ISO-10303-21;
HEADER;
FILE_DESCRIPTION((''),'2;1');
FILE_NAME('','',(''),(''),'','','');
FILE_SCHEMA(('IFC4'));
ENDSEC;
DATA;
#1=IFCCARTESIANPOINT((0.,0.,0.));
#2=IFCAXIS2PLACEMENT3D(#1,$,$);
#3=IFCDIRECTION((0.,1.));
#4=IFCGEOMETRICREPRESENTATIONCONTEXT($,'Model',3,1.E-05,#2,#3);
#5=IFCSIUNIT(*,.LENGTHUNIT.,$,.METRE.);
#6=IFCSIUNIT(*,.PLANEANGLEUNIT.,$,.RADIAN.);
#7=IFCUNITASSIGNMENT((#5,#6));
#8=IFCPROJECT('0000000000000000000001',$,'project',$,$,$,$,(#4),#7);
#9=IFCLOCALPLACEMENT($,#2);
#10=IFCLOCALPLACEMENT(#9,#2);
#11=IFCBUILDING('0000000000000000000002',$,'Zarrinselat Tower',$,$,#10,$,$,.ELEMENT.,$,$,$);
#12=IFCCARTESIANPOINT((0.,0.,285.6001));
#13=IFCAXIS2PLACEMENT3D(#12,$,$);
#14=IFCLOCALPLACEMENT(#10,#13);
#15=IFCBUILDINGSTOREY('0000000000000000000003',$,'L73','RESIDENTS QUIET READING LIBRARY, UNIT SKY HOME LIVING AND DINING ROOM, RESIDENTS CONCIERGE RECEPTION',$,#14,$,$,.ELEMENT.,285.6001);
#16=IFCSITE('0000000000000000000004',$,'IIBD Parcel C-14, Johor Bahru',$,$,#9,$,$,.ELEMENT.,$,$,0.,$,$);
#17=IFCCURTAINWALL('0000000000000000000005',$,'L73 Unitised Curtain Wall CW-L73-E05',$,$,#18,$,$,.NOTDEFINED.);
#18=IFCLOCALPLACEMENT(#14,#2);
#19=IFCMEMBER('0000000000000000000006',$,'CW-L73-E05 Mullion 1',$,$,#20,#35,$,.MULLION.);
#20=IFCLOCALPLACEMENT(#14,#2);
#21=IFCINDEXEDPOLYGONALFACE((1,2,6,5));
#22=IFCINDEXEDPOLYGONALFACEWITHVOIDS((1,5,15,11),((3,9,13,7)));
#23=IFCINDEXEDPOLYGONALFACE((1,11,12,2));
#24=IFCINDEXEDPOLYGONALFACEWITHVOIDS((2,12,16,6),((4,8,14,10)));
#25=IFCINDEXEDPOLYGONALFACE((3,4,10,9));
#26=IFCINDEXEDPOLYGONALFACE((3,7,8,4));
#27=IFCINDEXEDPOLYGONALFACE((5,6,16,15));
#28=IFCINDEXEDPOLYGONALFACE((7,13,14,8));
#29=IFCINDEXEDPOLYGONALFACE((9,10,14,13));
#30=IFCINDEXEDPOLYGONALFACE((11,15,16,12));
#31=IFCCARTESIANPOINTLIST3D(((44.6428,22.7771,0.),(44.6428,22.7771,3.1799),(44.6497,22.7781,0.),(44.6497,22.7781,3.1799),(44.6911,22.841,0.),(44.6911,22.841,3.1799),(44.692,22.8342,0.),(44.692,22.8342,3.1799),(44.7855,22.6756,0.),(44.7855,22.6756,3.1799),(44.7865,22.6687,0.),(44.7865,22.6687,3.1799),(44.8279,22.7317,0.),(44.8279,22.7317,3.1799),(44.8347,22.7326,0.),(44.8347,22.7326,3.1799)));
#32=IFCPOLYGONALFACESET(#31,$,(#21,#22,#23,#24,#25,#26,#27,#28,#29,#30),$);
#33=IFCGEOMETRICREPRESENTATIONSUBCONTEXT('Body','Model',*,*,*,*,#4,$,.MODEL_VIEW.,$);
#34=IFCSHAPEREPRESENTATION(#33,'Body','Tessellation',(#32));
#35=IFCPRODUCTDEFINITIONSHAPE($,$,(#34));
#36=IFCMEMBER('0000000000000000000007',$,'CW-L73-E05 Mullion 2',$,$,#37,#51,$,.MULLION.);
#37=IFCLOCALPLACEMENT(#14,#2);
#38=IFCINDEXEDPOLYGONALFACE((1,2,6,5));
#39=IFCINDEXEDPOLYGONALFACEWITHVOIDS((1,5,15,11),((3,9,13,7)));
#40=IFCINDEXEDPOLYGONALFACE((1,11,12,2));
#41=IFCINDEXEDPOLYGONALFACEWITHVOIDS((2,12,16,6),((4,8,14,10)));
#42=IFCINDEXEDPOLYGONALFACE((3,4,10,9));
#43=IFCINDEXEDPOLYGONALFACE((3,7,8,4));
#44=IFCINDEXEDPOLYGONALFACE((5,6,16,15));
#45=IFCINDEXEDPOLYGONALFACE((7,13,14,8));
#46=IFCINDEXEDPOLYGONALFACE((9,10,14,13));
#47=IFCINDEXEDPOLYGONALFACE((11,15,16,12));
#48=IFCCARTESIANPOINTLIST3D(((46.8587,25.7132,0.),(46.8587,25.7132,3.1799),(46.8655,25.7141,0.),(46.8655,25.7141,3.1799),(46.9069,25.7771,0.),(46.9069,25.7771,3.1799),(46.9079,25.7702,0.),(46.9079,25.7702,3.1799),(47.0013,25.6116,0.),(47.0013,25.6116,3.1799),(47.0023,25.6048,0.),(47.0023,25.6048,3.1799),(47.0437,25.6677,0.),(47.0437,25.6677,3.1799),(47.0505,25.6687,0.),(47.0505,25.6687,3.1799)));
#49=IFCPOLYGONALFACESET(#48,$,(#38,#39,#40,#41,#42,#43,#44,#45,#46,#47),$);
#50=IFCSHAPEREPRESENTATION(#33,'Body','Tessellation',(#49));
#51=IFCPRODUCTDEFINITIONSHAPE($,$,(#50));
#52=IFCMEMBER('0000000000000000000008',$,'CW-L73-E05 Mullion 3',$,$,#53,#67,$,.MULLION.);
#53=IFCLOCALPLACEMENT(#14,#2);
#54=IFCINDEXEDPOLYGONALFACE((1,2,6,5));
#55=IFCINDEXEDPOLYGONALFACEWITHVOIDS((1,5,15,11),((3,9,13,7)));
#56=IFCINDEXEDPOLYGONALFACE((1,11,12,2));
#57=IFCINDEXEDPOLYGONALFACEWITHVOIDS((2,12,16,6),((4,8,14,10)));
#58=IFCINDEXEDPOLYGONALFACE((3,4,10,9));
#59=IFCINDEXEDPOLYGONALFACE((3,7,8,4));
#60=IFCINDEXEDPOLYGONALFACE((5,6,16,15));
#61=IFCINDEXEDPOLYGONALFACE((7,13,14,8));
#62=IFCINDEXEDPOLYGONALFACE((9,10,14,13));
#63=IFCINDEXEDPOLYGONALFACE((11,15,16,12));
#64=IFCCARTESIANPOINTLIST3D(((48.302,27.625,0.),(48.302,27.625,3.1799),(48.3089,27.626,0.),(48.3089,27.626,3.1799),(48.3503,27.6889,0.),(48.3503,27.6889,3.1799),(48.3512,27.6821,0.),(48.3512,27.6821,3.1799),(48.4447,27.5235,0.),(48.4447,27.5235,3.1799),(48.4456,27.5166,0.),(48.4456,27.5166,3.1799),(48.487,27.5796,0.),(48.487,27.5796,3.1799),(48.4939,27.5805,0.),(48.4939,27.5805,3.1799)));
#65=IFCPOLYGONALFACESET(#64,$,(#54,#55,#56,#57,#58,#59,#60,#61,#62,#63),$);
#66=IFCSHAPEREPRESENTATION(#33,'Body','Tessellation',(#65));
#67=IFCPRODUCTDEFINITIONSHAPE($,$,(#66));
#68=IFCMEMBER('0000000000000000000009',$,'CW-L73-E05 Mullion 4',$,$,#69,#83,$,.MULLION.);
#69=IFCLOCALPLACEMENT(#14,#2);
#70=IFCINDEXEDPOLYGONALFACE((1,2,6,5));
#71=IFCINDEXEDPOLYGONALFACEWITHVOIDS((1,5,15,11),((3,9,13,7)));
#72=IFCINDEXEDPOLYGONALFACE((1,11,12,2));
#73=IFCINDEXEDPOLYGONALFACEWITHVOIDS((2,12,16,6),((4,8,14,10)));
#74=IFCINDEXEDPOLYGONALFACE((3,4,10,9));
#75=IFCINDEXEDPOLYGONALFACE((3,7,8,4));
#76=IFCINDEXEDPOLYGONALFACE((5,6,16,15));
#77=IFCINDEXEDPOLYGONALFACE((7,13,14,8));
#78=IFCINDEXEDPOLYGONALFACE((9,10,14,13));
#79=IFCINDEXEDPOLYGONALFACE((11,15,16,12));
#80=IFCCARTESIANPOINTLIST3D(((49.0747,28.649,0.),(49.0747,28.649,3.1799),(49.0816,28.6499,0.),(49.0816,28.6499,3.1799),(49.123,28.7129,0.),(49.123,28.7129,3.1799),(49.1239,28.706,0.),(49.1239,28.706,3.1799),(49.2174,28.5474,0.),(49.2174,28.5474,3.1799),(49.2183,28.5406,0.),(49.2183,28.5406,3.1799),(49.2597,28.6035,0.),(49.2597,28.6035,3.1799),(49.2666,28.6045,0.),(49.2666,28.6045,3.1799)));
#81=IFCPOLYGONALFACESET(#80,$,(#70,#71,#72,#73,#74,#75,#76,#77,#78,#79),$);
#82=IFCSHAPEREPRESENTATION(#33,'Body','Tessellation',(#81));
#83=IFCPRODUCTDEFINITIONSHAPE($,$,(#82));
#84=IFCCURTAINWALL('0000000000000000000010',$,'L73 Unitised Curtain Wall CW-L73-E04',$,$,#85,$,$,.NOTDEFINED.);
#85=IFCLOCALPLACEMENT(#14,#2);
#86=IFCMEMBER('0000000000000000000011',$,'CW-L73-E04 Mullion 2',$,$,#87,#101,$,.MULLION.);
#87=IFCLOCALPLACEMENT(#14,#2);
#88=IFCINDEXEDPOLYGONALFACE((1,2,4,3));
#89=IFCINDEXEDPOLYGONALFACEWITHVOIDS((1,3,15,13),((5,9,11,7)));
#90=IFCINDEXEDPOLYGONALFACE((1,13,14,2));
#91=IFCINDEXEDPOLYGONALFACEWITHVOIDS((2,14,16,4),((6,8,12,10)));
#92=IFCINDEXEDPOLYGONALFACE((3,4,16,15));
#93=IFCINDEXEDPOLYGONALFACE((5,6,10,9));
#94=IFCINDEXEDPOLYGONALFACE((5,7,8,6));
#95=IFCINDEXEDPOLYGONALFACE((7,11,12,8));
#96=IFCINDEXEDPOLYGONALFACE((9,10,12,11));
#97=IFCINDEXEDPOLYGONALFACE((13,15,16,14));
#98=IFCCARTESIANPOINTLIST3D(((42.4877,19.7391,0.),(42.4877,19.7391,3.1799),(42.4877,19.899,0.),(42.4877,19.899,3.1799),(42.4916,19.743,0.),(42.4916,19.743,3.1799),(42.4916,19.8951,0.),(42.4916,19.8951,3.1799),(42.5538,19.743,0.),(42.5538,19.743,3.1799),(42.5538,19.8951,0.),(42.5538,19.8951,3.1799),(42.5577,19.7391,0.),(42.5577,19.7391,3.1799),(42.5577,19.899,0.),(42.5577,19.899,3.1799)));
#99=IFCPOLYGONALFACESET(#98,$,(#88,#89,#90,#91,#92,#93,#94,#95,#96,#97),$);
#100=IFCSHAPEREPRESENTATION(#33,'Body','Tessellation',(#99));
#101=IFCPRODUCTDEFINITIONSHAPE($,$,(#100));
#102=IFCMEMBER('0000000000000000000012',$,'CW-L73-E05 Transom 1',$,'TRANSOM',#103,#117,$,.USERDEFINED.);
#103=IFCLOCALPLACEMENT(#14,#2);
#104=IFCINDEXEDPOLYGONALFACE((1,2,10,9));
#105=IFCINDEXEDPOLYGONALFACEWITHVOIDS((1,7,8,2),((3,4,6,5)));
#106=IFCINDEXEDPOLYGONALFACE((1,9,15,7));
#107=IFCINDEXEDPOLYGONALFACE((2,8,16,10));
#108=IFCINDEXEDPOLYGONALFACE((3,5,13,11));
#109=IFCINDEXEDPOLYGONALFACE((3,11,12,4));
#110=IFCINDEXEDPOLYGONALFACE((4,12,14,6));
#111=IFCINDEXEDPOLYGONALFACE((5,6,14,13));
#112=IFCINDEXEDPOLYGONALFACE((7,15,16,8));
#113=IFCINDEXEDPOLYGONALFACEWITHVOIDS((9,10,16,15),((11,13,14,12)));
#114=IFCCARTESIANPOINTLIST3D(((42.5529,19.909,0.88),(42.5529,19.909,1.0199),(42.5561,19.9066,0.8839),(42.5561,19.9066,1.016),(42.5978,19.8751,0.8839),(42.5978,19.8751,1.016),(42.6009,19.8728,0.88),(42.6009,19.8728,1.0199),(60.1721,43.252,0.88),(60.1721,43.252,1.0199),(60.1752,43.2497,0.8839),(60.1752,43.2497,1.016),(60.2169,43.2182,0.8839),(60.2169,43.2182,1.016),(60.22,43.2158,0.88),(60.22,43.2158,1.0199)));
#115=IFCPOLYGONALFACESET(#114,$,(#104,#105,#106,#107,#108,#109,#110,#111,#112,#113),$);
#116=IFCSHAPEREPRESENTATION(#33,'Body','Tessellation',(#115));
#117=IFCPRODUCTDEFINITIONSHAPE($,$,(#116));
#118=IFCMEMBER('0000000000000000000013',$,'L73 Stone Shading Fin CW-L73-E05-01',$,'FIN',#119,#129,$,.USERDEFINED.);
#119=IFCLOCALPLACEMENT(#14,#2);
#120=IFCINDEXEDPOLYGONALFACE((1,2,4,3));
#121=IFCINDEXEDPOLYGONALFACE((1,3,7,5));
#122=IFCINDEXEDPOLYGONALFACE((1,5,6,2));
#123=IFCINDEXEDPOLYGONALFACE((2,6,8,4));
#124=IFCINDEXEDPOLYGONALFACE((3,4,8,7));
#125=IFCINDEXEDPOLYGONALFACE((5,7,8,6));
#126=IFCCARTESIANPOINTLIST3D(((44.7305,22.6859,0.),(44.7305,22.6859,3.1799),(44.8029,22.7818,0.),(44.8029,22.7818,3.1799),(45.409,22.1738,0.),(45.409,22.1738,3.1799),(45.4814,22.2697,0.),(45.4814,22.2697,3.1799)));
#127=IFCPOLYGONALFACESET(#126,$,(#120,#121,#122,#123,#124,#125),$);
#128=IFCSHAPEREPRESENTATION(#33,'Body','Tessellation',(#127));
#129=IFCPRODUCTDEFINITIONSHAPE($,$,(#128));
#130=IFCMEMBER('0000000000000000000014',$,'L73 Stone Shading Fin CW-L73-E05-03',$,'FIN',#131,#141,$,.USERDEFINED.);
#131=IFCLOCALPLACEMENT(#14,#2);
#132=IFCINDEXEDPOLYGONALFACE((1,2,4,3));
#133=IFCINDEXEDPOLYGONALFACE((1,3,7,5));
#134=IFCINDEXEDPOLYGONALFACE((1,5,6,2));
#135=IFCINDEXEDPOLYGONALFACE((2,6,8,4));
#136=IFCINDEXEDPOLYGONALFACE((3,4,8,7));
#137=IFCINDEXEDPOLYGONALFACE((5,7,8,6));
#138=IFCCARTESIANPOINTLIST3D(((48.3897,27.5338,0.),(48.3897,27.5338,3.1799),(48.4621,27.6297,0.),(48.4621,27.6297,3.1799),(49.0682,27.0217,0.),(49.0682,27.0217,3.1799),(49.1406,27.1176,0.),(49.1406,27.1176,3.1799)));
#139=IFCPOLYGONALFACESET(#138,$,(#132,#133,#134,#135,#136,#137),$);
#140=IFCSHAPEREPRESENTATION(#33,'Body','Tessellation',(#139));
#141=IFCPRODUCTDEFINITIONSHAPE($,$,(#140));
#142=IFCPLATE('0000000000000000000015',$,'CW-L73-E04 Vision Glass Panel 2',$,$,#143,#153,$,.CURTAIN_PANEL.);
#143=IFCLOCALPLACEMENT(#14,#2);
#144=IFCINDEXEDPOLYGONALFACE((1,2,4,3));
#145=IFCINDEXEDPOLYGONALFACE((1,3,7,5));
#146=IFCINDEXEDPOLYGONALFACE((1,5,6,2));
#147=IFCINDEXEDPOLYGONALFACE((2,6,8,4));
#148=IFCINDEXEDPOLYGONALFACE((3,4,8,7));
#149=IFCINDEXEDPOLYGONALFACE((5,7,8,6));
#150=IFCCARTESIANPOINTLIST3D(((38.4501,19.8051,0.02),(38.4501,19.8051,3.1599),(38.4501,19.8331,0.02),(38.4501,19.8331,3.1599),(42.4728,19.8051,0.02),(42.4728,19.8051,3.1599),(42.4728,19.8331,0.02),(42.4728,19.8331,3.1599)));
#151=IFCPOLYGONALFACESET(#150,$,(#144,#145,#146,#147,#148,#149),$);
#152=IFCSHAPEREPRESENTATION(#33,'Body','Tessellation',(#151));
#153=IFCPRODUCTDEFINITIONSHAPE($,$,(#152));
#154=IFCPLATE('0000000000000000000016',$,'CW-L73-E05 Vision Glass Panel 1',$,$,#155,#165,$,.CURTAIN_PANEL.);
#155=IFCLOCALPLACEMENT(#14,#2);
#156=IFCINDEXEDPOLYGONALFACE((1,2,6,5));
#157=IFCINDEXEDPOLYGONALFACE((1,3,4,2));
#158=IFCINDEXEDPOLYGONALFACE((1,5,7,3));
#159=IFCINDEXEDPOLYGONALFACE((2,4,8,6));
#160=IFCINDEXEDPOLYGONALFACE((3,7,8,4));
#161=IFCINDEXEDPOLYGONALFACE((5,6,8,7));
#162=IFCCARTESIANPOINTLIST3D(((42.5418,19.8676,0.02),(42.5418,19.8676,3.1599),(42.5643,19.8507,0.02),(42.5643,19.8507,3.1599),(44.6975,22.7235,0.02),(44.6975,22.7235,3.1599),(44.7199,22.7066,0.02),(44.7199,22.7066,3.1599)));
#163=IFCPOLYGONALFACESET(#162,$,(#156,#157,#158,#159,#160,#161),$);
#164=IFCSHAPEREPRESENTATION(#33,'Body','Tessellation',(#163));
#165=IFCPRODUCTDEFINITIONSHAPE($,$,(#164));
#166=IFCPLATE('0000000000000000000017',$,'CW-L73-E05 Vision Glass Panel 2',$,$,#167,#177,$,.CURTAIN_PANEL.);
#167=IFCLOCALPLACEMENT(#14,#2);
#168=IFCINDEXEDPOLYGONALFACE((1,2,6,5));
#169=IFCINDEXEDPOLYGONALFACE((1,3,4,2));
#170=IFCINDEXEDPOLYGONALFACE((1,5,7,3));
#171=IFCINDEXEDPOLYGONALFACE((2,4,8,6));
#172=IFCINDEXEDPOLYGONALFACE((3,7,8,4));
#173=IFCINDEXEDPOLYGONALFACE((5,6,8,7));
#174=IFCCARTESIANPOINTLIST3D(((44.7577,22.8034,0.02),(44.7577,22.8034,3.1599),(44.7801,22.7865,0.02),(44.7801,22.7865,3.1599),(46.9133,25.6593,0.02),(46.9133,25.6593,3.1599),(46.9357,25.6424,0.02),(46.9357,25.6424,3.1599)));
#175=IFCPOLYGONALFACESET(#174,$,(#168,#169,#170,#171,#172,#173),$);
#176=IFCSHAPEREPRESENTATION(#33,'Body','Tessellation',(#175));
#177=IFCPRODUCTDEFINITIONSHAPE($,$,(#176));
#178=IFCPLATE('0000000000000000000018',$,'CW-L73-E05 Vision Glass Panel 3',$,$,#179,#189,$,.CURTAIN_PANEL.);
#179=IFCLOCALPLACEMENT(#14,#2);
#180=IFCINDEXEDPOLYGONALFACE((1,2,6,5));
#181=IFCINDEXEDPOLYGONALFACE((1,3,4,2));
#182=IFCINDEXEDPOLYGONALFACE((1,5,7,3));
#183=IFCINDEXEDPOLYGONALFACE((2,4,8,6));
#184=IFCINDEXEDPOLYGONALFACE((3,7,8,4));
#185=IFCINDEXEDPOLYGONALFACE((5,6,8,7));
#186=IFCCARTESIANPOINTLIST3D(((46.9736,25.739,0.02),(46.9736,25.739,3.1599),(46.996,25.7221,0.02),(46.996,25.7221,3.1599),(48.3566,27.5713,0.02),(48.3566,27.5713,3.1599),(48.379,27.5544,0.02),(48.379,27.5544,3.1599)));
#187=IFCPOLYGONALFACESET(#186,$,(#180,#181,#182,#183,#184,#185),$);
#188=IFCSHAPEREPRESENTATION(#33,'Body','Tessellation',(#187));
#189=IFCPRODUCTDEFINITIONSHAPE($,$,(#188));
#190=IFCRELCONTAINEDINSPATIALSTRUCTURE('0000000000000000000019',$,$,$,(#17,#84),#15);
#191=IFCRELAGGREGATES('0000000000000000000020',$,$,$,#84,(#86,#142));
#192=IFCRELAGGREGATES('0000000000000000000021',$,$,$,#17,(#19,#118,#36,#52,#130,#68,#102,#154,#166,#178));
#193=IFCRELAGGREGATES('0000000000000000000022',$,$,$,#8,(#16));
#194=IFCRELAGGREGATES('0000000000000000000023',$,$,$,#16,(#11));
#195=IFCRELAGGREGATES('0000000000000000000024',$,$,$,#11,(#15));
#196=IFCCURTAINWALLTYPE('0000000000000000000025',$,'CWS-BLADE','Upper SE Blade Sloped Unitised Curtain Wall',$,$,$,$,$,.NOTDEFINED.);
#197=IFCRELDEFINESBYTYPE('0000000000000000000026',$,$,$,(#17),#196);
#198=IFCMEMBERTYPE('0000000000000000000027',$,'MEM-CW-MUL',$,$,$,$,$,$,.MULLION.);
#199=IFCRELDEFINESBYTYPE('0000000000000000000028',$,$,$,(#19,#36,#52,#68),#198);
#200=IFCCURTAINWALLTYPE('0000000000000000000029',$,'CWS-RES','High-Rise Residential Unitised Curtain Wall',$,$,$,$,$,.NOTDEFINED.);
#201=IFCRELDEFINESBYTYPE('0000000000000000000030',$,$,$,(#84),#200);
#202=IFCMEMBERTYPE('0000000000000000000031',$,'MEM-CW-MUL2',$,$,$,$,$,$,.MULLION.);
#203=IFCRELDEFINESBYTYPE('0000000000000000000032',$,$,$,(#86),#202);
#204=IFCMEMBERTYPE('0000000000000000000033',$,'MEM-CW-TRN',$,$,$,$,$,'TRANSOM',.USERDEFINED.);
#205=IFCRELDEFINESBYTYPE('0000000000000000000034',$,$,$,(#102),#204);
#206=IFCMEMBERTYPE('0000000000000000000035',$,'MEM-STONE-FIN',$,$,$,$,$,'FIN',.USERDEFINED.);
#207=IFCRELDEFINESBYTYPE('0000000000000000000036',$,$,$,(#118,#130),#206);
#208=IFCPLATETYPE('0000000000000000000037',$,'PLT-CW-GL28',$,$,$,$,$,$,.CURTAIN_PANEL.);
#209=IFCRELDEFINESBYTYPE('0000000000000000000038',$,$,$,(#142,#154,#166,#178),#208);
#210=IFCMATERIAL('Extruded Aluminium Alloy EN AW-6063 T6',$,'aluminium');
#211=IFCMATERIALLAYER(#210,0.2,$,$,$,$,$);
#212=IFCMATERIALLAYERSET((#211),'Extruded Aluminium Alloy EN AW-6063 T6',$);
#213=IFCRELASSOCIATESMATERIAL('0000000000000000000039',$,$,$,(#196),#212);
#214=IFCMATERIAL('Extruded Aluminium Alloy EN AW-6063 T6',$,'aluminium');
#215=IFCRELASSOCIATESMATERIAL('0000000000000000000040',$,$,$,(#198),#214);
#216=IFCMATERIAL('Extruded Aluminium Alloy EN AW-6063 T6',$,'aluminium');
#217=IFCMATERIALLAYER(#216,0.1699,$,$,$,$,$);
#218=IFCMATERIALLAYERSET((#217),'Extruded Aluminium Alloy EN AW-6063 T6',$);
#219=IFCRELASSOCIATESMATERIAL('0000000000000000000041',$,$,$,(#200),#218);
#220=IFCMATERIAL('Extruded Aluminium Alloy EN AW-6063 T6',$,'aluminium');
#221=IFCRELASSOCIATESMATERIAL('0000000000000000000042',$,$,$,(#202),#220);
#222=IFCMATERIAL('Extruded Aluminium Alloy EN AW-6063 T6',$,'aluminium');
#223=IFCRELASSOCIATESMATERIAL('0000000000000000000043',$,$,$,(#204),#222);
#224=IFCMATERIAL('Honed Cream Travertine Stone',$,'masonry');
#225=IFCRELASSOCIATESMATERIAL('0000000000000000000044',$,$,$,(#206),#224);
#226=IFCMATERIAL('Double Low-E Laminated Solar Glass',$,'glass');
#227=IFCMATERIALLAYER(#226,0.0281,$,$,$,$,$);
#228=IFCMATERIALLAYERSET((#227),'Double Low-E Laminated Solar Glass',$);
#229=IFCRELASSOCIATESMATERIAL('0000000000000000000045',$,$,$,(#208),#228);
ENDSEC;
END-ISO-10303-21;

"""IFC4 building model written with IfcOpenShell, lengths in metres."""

from ifc_helpers import new_model, si_unit, direction, frame, origin, origin_2d, place, context, subcontext, project, spatial, rectangle, hollow_rectangle, extrude, material, layer, layer_set, material_profile, profile_set, type_object, element, aggregate, save


model = new_model("IFC4")

# Units and contexts
model_context = context("Model", 3, precision=1e-05, world=origin(), true_north=direction((0.0, 1.0)))
body_context = subcontext(model_context, "Body", "Model", "MODEL_VIEW")
ifc_project = project(units=[si_unit("LENGTHUNIT", "METRE"), si_unit("PLANEANGLEUNIT", "RADIAN")], contexts=[model_context])

# Site, building, storey
site_placement = place(None, origin())
site = spatial("IfcSite", under=ifc_project, at=site_placement, Name="IIBD Parcel C-14, Johor Bahru", CompositionType="ELEMENT", RefElevation=0.0)
building_placement = place(site_placement, origin())
building = spatial("IfcBuilding", under=site, at=building_placement, Name="Zarrinselat Tower", CompositionType="ELEMENT")
storey_placement = place(building_placement, frame((0.0, 0.0, 285.6001)))
storey = spatial("IfcBuildingStorey", under=building, at=storey_placement, Name="L73", Description="RESIDENTS QUIET READING LIBRARY, UNIT SKY HOME LIVING AND DINING ROOM, RESIDENTS CONCIERGE RECEPTION", CompositionType="ELEMENT", Elevation=285.6001)

# Curtain wall, members
ifc_material_1 = material(Name="Extruded Aluminium Alloy EN AW-6063 T6", Category="aluminium")
ifc_layer_1 = layer(ifc_material_1, 0.2)
ifc_layer_set_1 = layer_set([ifc_layer_1], Name="Extruded Aluminium Alloy EN AW-6063 T6")
curtain_wall_type_1 = type_object("IfcCurtainWallType", Name="CWS-BLADE", Description="Upper SE Blade Sloped Unitised Curtain Wall", PredefinedType="NOTDEFINED", material=ifc_layer_set_1)
curtain_wall_1_placement = place(storey_placement, origin())
curtain_wall_1 = element("IfcCurtainWall", 1, at=curtain_wall_1_placement, inside=storey, type_object=curtain_wall_type_1, Name="L73 Unitised Curtain Wall CW-L73-E05", PredefinedType="NOTDEFINED")
ifc_material_2 = material(Name="Extruded Aluminium Alloy EN AW-6063 T6", Category="aluminium")
ifc_material_profile_1 = material_profile(ifc_material_2, hollow_rectangle(XDim=0.0801, YDim=0.1799, WallThickness=0.0049, at=origin_2d()), Name="RHS 180x80x5")
ifc_profile_set_1 = profile_set([ifc_material_profile_1], Name="Extruded Aluminium Alloy EN AW-6063 T6")
member_type_1 = type_object("IfcMemberType", Name="MEM-CW-MUL", PredefinedType="MULLION", material=ifc_profile_set_1)
member_1_placement = place(storey_placement, frame((44.7388, 22.7549, 0.0), z_axis=(0.0, 0.0, 1.0), x_axis=(0.602445, 0.79816, 0.0)))
member_1 = element("IfcMember", 2, at=member_1_placement, type_object=member_type_1, Name="CW-L73-E05 Mullion 1", PredefinedType="MULLION", context=body_context, shape_type="SweptSolid", body=[
    extrude(hollow_rectangle(XDim=0.0801, YDim=0.1799, WallThickness=0.0049, at=origin_2d()), origin(), (0.0, 0.0, 1.0), 3.1799),
])
member_2_placement = place(storey_placement, frame((46.9546, 25.6909, 0.0), z_axis=(0.0, 0.0, 1.0), x_axis=(0.602445, 0.79816, 0.0)))
member_2 = element("IfcMember", 3, at=member_2_placement, type_object=member_type_1, Name="CW-L73-E05 Mullion 2", PredefinedType="MULLION", context=body_context, shape_type="SweptSolid", body=[
    extrude(hollow_rectangle(XDim=0.0801, YDim=0.1799, WallThickness=0.0049, at=origin_2d()), origin(), (0.0, 0.0, 1.0), 3.1799),
])
member_3_placement = place(storey_placement, frame((48.3979, 27.6028, 0.0), z_axis=(0.0, 0.0, 1.0), x_axis=(0.602445, 0.79816, 0.0)))
member_3 = element("IfcMember", 4, at=member_3_placement, type_object=member_type_1, Name="CW-L73-E05 Mullion 3", PredefinedType="MULLION", context=body_context, shape_type="SweptSolid", body=[
    extrude(hollow_rectangle(XDim=0.0801, YDim=0.1799, WallThickness=0.0049, at=origin_2d()), origin(), (0.0, 0.0, 1.0), 3.1799),
])
member_4_placement = place(storey_placement, frame((49.1707, 28.6267, 0.0), z_axis=(0.0, 0.0, 1.0), x_axis=(0.602445, 0.79816, 0.0)))
member_4 = element("IfcMember", 5, at=member_4_placement, type_object=member_type_1, Name="CW-L73-E05 Mullion 4", PredefinedType="MULLION", context=body_context, shape_type="SweptSolid", body=[
    extrude(hollow_rectangle(XDim=0.0801, YDim=0.1799, WallThickness=0.0049, at=origin_2d()), origin(), (0.0, 0.0, 1.0), 3.1799),
])

# Curtain wall, member
ifc_material_3 = material(Name="Extruded Aluminium Alloy EN AW-6063 T6", Category="aluminium")
ifc_layer_2 = layer(ifc_material_3, 0.1699)
ifc_layer_set_2 = layer_set([ifc_layer_2], Name="Extruded Aluminium Alloy EN AW-6063 T6")
curtain_wall_type_2 = type_object("IfcCurtainWallType", Name="CWS-RES", Description="High-Rise Residential Unitised Curtain Wall", PredefinedType="NOTDEFINED", material=ifc_layer_set_2)
curtain_wall_2_placement = place(storey_placement, origin())
curtain_wall_2 = element("IfcCurtainWall", 6, at=curtain_wall_2_placement, inside=storey, type_object=curtain_wall_type_2, Name="L73 Unitised Curtain Wall CW-L73-E04", PredefinedType="NOTDEFINED")
ifc_material_4 = material(Name="Extruded Aluminium Alloy EN AW-6063 T6", Category="aluminium")
ifc_material_profile_2 = material_profile(ifc_material_4, hollow_rectangle(XDim=0.0701, YDim=0.1599, WallThickness=0.0039, at=origin_2d()), Name="RHS 160x70x4")
ifc_profile_set_2 = profile_set([ifc_material_profile_2], Name="Extruded Aluminium Alloy EN AW-6063 T6")
member_type_2 = type_object("IfcMemberType", Name="MEM-CW-MUL2", PredefinedType="MULLION", material=ifc_profile_set_2)
member_5_placement = place(storey_placement, frame((42.5227, 19.8191, 0.0), z_axis=(0.0, 0.0, 1.0), x_axis=(1.0, 0.0, 0.0)))
member_5 = element("IfcMember", 7, at=member_5_placement, type_object=member_type_2, Name="CW-L73-E04 Mullion 2", PredefinedType="MULLION", context=body_context, shape_type="SweptSolid", body=[
    extrude(hollow_rectangle(XDim=0.0701, YDim=0.1599, WallThickness=0.0039, at=origin_2d()), origin(), (0.0, 0.0, 1.0), 3.1799),
])

# Members
ifc_material_5 = material(Name="Extruded Aluminium Alloy EN AW-6063 T6", Category="aluminium")
ifc_material_profile_3 = material_profile(ifc_material_5, hollow_rectangle(XDim=0.0601, YDim=0.1399, WallThickness=0.0039, at=origin_2d()), Name="RHS 140x60x4")
ifc_profile_set_3 = profile_set([ifc_material_profile_3], Name="Extruded Aluminium Alloy EN AW-6063 T6")
member_type_3 = type_object("IfcMemberType", Name="MEM-CW-TRN", ElementType="TRANSOM", PredefinedType="USERDEFINED", material=ifc_profile_set_3)
member_6_placement = place(storey_placement, frame((42.5769, 19.8909, 0.95), z_axis=(0.602445, 0.79816, 0.0), x_axis=(-0.79816, 0.602445, 0.0)))
member_6 = element("IfcMember", 8, at=member_6_placement, type_object=member_type_3, Name="CW-L73-E05 Transom 1", ObjectType="TRANSOM", PredefinedType="USERDEFINED", context=body_context, shape_type="SweptSolid", body=[
    extrude(hollow_rectangle(XDim=0.0601, YDim=0.1399, WallThickness=0.0039, at=origin_2d()), origin(), (0.0, 0.0, 1.0), 29.2461),
])
ifc_material_6 = material(Name="Honed Cream Travertine Stone", Category="masonry")
ifc_material_profile_4 = material_profile(ifc_material_6, rectangle(XDim=0.1201, YDim=0.8501, at=origin_2d()), Name="FIN 850x120")
ifc_profile_set_4 = profile_set([ifc_material_profile_4], Name="Honed Cream Travertine Stone")
member_type_4 = type_object("IfcMemberType", Name="MEM-STONE-FIN", ElementType="FIN", PredefinedType="USERDEFINED", material=ifc_profile_set_4)
member_7_placement = place(storey_placement, frame((45.106, 22.4778, 0.0), z_axis=(0.0, 0.0, 1.0), x_axis=(-0.602445, -0.79816, 0.0)))
member_7 = element("IfcMember", 9, at=member_7_placement, type_object=member_type_4, Name="L73 Stone Shading Fin CW-L73-E05-01", ObjectType="FIN", PredefinedType="USERDEFINED", context=body_context, shape_type="SweptSolid", body=[
    extrude(rectangle(XDim=0.1201, YDim=0.8501, at=origin_2d()), origin(), (0.0, 0.0, 1.0), 3.1799),
])
member_8_placement = place(storey_placement, frame((48.7651, 27.3257, 0.0), z_axis=(0.0, 0.0, 1.0), x_axis=(-0.602445, -0.79816, 0.0)))
member_8 = element("IfcMember", 10, at=member_8_placement, type_object=member_type_4, Name="L73 Stone Shading Fin CW-L73-E05-03", ObjectType="FIN", PredefinedType="USERDEFINED", context=body_context, shape_type="SweptSolid", body=[
    extrude(rectangle(XDim=0.1201, YDim=0.8501, at=origin_2d()), origin(), (0.0, 0.0, 1.0), 3.1799),
])

# Plates
ifc_material_7 = material(Name="Double Low-E Laminated Solar Glass", Category="glass")
ifc_layer_3 = layer(ifc_material_7, 0.0281)
ifc_layer_set_3 = layer_set([ifc_layer_3], Name="Double Low-E Laminated Solar Glass")
plate_type = type_object("IfcPlateType", Name="PLT-CW-GL28", PredefinedType="CURTAIN_PANEL", material=ifc_layer_set_3)
plate_1_placement = place(storey_placement, frame((40.4614, 19.8191, 0.02), z_axis=(0.0, 0.0, 1.0), x_axis=(1.0, 0.0, 0.0)))
plate_1 = element("IfcPlate", 11, at=plate_1_placement, type_object=plate_type, Name="CW-L73-E04 Vision Glass Panel 2", PredefinedType="CURTAIN_PANEL", context=body_context, shape_type="SweptSolid", body=[
    extrude(rectangle(XDim=4.0227, YDim=0.0281, at=origin_2d()), origin(), (0.0, 0.0, 1.0), 3.1399),
])
aggregate(curtain_wall_2, [member_5, plate_1])
plate_2_placement = place(storey_placement, frame((43.6309, 21.2871, 0.02), z_axis=(0.0, 0.0, 1.0), x_axis=(0.602445, 0.79816, 0.0)))
plate_2 = element("IfcPlate", 12, at=plate_2_placement, type_object=plate_type, Name="CW-L73-E05 Vision Glass Panel 1", PredefinedType="CURTAIN_PANEL", context=body_context, shape_type="SweptSolid", body=[
    extrude(rectangle(XDim=3.5781, YDim=0.0281, at=origin_2d()), origin(), (0.0, 0.0, 1.0), 3.1399),
])
plate_3_placement = place(storey_placement, frame((45.8467, 24.2229, 0.02), z_axis=(0.0, 0.0, 1.0), x_axis=(0.602445, 0.79816, 0.0)))
plate_3 = element("IfcPlate", 13, at=plate_3_placement, type_object=plate_type, Name="CW-L73-E05 Vision Glass Panel 2", PredefinedType="CURTAIN_PANEL", context=body_context, shape_type="SweptSolid", body=[
    extrude(rectangle(XDim=3.5781, YDim=0.0281, at=origin_2d()), origin(), (0.0, 0.0, 1.0), 3.1399),
])
plate_4_placement = place(storey_placement, frame((47.6763, 26.6467, 0.02), z_axis=(0.0, 0.0, 1.0), x_axis=(0.602445, 0.79816, 0.0)))
plate_4 = element("IfcPlate", 14, at=plate_4_placement, type_object=plate_type, Name="CW-L73-E05 Vision Glass Panel 3", PredefinedType="CURTAIN_PANEL", context=body_context, shape_type="SweptSolid", body=[
    extrude(rectangle(XDim=2.2957, YDim=0.0281, at=origin_2d()), origin(), (0.0, 0.0, 1.0), 3.1399),
])
aggregate(curtain_wall_1, [member_1, member_7, member_2, member_3, member_8, member_4, member_6, plate_2, plate_3, plate_4])

save(model, "model.ifc")
